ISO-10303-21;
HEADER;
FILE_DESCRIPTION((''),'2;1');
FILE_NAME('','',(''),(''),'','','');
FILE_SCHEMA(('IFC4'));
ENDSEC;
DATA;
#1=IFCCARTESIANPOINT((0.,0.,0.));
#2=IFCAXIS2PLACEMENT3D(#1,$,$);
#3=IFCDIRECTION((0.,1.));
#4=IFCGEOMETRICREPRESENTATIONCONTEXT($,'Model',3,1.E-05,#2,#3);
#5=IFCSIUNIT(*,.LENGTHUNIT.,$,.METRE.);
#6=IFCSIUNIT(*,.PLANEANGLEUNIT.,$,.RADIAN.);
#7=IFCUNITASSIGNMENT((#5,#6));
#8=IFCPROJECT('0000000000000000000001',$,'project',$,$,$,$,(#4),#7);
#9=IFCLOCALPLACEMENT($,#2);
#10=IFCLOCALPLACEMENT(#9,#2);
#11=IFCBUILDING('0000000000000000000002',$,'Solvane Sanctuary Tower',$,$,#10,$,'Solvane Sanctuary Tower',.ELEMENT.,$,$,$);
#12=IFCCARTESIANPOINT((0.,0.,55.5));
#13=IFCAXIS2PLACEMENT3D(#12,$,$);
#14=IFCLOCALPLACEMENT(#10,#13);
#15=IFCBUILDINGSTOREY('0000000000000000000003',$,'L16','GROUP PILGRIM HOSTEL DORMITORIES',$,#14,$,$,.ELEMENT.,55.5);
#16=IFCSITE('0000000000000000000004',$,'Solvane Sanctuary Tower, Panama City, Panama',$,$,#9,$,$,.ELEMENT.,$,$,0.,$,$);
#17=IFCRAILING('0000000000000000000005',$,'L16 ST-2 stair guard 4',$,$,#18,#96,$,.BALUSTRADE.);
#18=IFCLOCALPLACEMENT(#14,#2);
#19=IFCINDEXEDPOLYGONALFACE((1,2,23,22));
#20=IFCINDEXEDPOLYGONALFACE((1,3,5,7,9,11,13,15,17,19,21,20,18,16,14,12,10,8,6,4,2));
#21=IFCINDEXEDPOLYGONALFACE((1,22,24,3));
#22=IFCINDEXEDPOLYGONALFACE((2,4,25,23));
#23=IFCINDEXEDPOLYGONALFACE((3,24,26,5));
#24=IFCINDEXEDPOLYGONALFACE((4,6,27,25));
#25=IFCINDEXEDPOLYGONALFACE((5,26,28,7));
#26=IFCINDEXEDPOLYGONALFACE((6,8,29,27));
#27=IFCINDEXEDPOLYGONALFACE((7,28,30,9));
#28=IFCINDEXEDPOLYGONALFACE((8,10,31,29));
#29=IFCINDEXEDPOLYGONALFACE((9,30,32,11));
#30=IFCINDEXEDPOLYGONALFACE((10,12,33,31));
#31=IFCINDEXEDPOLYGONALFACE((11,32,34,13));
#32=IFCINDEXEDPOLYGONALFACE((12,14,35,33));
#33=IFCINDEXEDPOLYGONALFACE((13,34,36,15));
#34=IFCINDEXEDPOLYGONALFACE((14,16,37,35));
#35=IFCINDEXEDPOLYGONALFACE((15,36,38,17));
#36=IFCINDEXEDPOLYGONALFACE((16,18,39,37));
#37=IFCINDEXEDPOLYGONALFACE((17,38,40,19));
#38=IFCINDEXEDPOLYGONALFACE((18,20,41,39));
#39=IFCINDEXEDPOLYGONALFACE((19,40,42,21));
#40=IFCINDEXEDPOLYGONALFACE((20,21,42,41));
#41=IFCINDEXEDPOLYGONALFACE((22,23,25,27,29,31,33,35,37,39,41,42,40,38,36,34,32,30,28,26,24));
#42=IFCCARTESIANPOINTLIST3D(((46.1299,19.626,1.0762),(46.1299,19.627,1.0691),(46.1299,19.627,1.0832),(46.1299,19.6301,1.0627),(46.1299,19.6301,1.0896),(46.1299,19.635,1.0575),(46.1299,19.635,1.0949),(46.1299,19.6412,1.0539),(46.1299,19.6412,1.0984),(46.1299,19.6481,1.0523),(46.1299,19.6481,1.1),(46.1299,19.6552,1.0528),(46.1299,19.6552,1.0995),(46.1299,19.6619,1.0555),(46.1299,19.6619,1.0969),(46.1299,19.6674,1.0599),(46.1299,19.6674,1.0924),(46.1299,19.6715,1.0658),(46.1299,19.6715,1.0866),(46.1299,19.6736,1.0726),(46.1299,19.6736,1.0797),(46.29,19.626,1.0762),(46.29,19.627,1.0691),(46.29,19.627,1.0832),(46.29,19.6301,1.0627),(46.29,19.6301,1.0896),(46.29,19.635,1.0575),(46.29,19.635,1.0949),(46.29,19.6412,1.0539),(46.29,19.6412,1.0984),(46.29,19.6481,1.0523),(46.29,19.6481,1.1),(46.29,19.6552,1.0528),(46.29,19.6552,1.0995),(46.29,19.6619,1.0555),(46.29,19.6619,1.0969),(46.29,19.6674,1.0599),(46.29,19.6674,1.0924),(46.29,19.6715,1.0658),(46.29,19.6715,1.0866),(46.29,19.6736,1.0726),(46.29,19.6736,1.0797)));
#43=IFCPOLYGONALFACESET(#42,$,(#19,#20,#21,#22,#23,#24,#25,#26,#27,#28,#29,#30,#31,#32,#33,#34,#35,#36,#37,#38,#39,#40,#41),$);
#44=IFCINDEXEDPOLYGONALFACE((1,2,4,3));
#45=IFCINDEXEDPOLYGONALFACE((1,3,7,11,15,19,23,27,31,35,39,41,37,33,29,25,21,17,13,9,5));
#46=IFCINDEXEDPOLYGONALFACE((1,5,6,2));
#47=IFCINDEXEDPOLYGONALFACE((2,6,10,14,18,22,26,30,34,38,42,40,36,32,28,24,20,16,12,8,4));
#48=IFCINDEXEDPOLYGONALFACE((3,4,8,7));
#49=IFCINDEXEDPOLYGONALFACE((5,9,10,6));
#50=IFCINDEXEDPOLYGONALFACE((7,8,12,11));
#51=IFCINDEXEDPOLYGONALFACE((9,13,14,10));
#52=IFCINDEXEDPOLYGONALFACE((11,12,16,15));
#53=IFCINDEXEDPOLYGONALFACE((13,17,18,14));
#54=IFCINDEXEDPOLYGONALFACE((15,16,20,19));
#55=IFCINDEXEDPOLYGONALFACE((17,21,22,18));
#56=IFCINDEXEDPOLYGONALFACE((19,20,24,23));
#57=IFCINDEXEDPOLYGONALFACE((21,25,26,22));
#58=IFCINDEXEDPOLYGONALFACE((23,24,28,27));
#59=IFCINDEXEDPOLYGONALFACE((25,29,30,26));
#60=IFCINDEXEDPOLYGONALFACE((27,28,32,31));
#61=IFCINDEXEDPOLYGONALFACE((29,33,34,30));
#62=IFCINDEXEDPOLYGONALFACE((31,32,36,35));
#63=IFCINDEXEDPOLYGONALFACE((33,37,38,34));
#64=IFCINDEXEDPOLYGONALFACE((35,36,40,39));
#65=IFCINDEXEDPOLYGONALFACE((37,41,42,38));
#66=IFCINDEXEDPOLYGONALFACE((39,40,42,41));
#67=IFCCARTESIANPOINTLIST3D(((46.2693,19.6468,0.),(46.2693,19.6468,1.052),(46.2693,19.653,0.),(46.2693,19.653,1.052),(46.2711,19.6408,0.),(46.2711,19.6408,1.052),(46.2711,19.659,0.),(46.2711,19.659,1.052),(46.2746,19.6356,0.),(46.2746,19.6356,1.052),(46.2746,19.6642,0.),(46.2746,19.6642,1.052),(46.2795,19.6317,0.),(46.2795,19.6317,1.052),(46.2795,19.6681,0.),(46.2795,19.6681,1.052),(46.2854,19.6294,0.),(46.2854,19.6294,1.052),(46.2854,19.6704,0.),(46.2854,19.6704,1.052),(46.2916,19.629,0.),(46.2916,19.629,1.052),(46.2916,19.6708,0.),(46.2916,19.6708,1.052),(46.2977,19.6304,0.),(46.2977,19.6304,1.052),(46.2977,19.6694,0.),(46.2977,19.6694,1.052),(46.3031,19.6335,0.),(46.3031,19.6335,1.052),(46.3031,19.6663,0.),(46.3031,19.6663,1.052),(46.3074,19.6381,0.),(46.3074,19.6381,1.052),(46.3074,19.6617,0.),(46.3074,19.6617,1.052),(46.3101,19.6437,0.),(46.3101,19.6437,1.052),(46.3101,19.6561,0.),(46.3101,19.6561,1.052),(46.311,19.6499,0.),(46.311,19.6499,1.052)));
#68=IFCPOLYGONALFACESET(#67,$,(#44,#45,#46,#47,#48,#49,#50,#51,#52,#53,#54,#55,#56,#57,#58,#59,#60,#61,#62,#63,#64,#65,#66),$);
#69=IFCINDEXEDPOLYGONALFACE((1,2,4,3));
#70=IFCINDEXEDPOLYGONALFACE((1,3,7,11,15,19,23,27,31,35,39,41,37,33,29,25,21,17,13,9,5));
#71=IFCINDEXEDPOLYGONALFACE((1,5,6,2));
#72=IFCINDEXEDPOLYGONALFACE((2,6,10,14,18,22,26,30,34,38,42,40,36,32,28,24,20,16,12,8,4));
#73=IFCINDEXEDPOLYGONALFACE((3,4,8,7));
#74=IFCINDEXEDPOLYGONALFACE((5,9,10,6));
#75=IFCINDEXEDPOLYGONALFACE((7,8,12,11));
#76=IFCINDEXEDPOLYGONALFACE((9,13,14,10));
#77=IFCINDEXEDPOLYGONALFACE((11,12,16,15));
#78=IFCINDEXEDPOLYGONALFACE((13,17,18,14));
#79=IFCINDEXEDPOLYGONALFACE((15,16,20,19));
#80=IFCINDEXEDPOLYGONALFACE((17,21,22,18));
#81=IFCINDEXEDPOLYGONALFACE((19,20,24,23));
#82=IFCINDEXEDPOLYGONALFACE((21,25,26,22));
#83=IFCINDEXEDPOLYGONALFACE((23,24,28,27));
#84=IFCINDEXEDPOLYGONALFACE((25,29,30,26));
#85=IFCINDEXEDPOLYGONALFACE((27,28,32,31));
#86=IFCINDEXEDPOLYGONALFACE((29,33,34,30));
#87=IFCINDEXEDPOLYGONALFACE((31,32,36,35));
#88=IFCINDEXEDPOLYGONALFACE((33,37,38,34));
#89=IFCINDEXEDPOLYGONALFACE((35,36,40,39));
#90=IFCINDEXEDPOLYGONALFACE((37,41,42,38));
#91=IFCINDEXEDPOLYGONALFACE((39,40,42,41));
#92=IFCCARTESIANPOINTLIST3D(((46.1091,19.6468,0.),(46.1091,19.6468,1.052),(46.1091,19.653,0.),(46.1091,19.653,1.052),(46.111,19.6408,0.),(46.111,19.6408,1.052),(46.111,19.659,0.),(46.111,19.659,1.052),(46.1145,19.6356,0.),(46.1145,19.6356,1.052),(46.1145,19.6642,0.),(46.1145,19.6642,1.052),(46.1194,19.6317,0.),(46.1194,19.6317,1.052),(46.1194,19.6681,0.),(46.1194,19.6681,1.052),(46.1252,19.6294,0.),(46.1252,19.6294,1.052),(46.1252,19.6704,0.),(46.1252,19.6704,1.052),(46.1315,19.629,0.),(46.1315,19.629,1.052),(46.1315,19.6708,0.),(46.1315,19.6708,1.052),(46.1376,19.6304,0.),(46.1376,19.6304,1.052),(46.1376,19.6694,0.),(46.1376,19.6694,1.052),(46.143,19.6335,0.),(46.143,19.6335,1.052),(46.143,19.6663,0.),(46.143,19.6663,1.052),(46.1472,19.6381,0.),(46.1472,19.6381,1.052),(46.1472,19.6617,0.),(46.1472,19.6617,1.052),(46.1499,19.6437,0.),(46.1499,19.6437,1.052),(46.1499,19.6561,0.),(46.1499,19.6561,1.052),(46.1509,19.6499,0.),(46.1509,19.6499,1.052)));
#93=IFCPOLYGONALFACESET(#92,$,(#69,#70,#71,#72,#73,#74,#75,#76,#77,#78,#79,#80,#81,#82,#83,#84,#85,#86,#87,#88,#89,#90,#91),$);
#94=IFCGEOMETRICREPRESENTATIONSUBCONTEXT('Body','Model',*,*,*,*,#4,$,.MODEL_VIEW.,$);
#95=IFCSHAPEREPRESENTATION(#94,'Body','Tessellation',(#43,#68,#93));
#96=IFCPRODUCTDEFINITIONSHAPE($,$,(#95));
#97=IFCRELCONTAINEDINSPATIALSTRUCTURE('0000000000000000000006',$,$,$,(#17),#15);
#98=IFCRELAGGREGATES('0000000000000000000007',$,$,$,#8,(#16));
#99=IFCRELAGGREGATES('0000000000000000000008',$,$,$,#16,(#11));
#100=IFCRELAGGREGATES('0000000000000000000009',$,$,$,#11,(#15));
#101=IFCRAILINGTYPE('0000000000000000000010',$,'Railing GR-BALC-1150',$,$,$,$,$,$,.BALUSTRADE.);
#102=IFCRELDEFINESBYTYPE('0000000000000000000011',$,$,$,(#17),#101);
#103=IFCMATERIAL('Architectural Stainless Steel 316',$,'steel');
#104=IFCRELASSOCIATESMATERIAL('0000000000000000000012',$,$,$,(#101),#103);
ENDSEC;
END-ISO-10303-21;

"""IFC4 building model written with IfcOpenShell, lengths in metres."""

from ifc_helpers import new_model, si_unit, direction, frame, origin, origin_2d, place, context, subcontext, project, spatial, circle, extrude, material, type_object, element, save


model = new_model("IFC4")

# Units and contexts
model_context = context("Model", 3, precision=1e-05, world=origin(), true_north=direction((0.0, 1.0)))
body_context = subcontext(model_context, "Body", "Model", "MODEL_VIEW")
ifc_project = project(units=[si_unit("LENGTHUNIT", "METRE"), si_unit("PLANEANGLEUNIT", "RADIAN")], contexts=[model_context])

# Site, building, storey
site_placement = place(None, origin())
site = spatial("IfcSite", under=ifc_project, at=site_placement, Name="Solvane Sanctuary Tower, Panama City, Panama", CompositionType="ELEMENT", RefElevation=0.0)
building_placement = place(site_placement, origin())
building = spatial("IfcBuilding", under=site, at=building_placement, Name="Solvane Sanctuary Tower", LongName="Solvane Sanctuary Tower", CompositionType="ELEMENT")
storey_placement = place(building_placement, frame((0.0, 0.0, 55.5)))
storey = spatial("IfcBuildingStorey", under=building, at=storey_placement, Name="L16", Description="GROUP PILGRIM HOSTEL DORMITORIES", CompositionType="ELEMENT", Elevation=55.5)

# Shared definitions
ifc_material_1 = material(Name="Architectural Stainless Steel 316", Category="steel")

# Railing
railing_type_1 = type_object("IfcRailingType", Name="Railing GR-BALC-1150", PredefinedType="BALUSTRADE", material=ifc_material_1)
railing_1_placement = place(storey_placement, frame((46.29, 19.6499, 0.0)))
element("IfcRailing", 1, at=railing_1_placement, inside=storey, type_object=railing_type_1, Name="L16 ST-2 stair guard 4", PredefinedType="BALUSTRADE", context=body_context, shape_type="SweptSolid", body=[
    extrude(circle(Radius=0.0239, at=origin_2d()), frame((0.0, 0.0, 1.0762), z_axis=(-1.0, 0.0, 0.0), x_axis=(0.0, -1.0, 0.0)), (0.0, 0.0, 1.0), 0.1602),
    extrude(circle(Radius=0.021, at=origin_2d()), origin(), (0.0, 0.0, 1.0), 1.052),
    extrude(circle(Radius=0.021, at=origin_2d()), frame((-0.1602, 0.0, 0.0)), (0.0, 0.0, 1.0), 1.052),
])

save(model, "model.ifc")
